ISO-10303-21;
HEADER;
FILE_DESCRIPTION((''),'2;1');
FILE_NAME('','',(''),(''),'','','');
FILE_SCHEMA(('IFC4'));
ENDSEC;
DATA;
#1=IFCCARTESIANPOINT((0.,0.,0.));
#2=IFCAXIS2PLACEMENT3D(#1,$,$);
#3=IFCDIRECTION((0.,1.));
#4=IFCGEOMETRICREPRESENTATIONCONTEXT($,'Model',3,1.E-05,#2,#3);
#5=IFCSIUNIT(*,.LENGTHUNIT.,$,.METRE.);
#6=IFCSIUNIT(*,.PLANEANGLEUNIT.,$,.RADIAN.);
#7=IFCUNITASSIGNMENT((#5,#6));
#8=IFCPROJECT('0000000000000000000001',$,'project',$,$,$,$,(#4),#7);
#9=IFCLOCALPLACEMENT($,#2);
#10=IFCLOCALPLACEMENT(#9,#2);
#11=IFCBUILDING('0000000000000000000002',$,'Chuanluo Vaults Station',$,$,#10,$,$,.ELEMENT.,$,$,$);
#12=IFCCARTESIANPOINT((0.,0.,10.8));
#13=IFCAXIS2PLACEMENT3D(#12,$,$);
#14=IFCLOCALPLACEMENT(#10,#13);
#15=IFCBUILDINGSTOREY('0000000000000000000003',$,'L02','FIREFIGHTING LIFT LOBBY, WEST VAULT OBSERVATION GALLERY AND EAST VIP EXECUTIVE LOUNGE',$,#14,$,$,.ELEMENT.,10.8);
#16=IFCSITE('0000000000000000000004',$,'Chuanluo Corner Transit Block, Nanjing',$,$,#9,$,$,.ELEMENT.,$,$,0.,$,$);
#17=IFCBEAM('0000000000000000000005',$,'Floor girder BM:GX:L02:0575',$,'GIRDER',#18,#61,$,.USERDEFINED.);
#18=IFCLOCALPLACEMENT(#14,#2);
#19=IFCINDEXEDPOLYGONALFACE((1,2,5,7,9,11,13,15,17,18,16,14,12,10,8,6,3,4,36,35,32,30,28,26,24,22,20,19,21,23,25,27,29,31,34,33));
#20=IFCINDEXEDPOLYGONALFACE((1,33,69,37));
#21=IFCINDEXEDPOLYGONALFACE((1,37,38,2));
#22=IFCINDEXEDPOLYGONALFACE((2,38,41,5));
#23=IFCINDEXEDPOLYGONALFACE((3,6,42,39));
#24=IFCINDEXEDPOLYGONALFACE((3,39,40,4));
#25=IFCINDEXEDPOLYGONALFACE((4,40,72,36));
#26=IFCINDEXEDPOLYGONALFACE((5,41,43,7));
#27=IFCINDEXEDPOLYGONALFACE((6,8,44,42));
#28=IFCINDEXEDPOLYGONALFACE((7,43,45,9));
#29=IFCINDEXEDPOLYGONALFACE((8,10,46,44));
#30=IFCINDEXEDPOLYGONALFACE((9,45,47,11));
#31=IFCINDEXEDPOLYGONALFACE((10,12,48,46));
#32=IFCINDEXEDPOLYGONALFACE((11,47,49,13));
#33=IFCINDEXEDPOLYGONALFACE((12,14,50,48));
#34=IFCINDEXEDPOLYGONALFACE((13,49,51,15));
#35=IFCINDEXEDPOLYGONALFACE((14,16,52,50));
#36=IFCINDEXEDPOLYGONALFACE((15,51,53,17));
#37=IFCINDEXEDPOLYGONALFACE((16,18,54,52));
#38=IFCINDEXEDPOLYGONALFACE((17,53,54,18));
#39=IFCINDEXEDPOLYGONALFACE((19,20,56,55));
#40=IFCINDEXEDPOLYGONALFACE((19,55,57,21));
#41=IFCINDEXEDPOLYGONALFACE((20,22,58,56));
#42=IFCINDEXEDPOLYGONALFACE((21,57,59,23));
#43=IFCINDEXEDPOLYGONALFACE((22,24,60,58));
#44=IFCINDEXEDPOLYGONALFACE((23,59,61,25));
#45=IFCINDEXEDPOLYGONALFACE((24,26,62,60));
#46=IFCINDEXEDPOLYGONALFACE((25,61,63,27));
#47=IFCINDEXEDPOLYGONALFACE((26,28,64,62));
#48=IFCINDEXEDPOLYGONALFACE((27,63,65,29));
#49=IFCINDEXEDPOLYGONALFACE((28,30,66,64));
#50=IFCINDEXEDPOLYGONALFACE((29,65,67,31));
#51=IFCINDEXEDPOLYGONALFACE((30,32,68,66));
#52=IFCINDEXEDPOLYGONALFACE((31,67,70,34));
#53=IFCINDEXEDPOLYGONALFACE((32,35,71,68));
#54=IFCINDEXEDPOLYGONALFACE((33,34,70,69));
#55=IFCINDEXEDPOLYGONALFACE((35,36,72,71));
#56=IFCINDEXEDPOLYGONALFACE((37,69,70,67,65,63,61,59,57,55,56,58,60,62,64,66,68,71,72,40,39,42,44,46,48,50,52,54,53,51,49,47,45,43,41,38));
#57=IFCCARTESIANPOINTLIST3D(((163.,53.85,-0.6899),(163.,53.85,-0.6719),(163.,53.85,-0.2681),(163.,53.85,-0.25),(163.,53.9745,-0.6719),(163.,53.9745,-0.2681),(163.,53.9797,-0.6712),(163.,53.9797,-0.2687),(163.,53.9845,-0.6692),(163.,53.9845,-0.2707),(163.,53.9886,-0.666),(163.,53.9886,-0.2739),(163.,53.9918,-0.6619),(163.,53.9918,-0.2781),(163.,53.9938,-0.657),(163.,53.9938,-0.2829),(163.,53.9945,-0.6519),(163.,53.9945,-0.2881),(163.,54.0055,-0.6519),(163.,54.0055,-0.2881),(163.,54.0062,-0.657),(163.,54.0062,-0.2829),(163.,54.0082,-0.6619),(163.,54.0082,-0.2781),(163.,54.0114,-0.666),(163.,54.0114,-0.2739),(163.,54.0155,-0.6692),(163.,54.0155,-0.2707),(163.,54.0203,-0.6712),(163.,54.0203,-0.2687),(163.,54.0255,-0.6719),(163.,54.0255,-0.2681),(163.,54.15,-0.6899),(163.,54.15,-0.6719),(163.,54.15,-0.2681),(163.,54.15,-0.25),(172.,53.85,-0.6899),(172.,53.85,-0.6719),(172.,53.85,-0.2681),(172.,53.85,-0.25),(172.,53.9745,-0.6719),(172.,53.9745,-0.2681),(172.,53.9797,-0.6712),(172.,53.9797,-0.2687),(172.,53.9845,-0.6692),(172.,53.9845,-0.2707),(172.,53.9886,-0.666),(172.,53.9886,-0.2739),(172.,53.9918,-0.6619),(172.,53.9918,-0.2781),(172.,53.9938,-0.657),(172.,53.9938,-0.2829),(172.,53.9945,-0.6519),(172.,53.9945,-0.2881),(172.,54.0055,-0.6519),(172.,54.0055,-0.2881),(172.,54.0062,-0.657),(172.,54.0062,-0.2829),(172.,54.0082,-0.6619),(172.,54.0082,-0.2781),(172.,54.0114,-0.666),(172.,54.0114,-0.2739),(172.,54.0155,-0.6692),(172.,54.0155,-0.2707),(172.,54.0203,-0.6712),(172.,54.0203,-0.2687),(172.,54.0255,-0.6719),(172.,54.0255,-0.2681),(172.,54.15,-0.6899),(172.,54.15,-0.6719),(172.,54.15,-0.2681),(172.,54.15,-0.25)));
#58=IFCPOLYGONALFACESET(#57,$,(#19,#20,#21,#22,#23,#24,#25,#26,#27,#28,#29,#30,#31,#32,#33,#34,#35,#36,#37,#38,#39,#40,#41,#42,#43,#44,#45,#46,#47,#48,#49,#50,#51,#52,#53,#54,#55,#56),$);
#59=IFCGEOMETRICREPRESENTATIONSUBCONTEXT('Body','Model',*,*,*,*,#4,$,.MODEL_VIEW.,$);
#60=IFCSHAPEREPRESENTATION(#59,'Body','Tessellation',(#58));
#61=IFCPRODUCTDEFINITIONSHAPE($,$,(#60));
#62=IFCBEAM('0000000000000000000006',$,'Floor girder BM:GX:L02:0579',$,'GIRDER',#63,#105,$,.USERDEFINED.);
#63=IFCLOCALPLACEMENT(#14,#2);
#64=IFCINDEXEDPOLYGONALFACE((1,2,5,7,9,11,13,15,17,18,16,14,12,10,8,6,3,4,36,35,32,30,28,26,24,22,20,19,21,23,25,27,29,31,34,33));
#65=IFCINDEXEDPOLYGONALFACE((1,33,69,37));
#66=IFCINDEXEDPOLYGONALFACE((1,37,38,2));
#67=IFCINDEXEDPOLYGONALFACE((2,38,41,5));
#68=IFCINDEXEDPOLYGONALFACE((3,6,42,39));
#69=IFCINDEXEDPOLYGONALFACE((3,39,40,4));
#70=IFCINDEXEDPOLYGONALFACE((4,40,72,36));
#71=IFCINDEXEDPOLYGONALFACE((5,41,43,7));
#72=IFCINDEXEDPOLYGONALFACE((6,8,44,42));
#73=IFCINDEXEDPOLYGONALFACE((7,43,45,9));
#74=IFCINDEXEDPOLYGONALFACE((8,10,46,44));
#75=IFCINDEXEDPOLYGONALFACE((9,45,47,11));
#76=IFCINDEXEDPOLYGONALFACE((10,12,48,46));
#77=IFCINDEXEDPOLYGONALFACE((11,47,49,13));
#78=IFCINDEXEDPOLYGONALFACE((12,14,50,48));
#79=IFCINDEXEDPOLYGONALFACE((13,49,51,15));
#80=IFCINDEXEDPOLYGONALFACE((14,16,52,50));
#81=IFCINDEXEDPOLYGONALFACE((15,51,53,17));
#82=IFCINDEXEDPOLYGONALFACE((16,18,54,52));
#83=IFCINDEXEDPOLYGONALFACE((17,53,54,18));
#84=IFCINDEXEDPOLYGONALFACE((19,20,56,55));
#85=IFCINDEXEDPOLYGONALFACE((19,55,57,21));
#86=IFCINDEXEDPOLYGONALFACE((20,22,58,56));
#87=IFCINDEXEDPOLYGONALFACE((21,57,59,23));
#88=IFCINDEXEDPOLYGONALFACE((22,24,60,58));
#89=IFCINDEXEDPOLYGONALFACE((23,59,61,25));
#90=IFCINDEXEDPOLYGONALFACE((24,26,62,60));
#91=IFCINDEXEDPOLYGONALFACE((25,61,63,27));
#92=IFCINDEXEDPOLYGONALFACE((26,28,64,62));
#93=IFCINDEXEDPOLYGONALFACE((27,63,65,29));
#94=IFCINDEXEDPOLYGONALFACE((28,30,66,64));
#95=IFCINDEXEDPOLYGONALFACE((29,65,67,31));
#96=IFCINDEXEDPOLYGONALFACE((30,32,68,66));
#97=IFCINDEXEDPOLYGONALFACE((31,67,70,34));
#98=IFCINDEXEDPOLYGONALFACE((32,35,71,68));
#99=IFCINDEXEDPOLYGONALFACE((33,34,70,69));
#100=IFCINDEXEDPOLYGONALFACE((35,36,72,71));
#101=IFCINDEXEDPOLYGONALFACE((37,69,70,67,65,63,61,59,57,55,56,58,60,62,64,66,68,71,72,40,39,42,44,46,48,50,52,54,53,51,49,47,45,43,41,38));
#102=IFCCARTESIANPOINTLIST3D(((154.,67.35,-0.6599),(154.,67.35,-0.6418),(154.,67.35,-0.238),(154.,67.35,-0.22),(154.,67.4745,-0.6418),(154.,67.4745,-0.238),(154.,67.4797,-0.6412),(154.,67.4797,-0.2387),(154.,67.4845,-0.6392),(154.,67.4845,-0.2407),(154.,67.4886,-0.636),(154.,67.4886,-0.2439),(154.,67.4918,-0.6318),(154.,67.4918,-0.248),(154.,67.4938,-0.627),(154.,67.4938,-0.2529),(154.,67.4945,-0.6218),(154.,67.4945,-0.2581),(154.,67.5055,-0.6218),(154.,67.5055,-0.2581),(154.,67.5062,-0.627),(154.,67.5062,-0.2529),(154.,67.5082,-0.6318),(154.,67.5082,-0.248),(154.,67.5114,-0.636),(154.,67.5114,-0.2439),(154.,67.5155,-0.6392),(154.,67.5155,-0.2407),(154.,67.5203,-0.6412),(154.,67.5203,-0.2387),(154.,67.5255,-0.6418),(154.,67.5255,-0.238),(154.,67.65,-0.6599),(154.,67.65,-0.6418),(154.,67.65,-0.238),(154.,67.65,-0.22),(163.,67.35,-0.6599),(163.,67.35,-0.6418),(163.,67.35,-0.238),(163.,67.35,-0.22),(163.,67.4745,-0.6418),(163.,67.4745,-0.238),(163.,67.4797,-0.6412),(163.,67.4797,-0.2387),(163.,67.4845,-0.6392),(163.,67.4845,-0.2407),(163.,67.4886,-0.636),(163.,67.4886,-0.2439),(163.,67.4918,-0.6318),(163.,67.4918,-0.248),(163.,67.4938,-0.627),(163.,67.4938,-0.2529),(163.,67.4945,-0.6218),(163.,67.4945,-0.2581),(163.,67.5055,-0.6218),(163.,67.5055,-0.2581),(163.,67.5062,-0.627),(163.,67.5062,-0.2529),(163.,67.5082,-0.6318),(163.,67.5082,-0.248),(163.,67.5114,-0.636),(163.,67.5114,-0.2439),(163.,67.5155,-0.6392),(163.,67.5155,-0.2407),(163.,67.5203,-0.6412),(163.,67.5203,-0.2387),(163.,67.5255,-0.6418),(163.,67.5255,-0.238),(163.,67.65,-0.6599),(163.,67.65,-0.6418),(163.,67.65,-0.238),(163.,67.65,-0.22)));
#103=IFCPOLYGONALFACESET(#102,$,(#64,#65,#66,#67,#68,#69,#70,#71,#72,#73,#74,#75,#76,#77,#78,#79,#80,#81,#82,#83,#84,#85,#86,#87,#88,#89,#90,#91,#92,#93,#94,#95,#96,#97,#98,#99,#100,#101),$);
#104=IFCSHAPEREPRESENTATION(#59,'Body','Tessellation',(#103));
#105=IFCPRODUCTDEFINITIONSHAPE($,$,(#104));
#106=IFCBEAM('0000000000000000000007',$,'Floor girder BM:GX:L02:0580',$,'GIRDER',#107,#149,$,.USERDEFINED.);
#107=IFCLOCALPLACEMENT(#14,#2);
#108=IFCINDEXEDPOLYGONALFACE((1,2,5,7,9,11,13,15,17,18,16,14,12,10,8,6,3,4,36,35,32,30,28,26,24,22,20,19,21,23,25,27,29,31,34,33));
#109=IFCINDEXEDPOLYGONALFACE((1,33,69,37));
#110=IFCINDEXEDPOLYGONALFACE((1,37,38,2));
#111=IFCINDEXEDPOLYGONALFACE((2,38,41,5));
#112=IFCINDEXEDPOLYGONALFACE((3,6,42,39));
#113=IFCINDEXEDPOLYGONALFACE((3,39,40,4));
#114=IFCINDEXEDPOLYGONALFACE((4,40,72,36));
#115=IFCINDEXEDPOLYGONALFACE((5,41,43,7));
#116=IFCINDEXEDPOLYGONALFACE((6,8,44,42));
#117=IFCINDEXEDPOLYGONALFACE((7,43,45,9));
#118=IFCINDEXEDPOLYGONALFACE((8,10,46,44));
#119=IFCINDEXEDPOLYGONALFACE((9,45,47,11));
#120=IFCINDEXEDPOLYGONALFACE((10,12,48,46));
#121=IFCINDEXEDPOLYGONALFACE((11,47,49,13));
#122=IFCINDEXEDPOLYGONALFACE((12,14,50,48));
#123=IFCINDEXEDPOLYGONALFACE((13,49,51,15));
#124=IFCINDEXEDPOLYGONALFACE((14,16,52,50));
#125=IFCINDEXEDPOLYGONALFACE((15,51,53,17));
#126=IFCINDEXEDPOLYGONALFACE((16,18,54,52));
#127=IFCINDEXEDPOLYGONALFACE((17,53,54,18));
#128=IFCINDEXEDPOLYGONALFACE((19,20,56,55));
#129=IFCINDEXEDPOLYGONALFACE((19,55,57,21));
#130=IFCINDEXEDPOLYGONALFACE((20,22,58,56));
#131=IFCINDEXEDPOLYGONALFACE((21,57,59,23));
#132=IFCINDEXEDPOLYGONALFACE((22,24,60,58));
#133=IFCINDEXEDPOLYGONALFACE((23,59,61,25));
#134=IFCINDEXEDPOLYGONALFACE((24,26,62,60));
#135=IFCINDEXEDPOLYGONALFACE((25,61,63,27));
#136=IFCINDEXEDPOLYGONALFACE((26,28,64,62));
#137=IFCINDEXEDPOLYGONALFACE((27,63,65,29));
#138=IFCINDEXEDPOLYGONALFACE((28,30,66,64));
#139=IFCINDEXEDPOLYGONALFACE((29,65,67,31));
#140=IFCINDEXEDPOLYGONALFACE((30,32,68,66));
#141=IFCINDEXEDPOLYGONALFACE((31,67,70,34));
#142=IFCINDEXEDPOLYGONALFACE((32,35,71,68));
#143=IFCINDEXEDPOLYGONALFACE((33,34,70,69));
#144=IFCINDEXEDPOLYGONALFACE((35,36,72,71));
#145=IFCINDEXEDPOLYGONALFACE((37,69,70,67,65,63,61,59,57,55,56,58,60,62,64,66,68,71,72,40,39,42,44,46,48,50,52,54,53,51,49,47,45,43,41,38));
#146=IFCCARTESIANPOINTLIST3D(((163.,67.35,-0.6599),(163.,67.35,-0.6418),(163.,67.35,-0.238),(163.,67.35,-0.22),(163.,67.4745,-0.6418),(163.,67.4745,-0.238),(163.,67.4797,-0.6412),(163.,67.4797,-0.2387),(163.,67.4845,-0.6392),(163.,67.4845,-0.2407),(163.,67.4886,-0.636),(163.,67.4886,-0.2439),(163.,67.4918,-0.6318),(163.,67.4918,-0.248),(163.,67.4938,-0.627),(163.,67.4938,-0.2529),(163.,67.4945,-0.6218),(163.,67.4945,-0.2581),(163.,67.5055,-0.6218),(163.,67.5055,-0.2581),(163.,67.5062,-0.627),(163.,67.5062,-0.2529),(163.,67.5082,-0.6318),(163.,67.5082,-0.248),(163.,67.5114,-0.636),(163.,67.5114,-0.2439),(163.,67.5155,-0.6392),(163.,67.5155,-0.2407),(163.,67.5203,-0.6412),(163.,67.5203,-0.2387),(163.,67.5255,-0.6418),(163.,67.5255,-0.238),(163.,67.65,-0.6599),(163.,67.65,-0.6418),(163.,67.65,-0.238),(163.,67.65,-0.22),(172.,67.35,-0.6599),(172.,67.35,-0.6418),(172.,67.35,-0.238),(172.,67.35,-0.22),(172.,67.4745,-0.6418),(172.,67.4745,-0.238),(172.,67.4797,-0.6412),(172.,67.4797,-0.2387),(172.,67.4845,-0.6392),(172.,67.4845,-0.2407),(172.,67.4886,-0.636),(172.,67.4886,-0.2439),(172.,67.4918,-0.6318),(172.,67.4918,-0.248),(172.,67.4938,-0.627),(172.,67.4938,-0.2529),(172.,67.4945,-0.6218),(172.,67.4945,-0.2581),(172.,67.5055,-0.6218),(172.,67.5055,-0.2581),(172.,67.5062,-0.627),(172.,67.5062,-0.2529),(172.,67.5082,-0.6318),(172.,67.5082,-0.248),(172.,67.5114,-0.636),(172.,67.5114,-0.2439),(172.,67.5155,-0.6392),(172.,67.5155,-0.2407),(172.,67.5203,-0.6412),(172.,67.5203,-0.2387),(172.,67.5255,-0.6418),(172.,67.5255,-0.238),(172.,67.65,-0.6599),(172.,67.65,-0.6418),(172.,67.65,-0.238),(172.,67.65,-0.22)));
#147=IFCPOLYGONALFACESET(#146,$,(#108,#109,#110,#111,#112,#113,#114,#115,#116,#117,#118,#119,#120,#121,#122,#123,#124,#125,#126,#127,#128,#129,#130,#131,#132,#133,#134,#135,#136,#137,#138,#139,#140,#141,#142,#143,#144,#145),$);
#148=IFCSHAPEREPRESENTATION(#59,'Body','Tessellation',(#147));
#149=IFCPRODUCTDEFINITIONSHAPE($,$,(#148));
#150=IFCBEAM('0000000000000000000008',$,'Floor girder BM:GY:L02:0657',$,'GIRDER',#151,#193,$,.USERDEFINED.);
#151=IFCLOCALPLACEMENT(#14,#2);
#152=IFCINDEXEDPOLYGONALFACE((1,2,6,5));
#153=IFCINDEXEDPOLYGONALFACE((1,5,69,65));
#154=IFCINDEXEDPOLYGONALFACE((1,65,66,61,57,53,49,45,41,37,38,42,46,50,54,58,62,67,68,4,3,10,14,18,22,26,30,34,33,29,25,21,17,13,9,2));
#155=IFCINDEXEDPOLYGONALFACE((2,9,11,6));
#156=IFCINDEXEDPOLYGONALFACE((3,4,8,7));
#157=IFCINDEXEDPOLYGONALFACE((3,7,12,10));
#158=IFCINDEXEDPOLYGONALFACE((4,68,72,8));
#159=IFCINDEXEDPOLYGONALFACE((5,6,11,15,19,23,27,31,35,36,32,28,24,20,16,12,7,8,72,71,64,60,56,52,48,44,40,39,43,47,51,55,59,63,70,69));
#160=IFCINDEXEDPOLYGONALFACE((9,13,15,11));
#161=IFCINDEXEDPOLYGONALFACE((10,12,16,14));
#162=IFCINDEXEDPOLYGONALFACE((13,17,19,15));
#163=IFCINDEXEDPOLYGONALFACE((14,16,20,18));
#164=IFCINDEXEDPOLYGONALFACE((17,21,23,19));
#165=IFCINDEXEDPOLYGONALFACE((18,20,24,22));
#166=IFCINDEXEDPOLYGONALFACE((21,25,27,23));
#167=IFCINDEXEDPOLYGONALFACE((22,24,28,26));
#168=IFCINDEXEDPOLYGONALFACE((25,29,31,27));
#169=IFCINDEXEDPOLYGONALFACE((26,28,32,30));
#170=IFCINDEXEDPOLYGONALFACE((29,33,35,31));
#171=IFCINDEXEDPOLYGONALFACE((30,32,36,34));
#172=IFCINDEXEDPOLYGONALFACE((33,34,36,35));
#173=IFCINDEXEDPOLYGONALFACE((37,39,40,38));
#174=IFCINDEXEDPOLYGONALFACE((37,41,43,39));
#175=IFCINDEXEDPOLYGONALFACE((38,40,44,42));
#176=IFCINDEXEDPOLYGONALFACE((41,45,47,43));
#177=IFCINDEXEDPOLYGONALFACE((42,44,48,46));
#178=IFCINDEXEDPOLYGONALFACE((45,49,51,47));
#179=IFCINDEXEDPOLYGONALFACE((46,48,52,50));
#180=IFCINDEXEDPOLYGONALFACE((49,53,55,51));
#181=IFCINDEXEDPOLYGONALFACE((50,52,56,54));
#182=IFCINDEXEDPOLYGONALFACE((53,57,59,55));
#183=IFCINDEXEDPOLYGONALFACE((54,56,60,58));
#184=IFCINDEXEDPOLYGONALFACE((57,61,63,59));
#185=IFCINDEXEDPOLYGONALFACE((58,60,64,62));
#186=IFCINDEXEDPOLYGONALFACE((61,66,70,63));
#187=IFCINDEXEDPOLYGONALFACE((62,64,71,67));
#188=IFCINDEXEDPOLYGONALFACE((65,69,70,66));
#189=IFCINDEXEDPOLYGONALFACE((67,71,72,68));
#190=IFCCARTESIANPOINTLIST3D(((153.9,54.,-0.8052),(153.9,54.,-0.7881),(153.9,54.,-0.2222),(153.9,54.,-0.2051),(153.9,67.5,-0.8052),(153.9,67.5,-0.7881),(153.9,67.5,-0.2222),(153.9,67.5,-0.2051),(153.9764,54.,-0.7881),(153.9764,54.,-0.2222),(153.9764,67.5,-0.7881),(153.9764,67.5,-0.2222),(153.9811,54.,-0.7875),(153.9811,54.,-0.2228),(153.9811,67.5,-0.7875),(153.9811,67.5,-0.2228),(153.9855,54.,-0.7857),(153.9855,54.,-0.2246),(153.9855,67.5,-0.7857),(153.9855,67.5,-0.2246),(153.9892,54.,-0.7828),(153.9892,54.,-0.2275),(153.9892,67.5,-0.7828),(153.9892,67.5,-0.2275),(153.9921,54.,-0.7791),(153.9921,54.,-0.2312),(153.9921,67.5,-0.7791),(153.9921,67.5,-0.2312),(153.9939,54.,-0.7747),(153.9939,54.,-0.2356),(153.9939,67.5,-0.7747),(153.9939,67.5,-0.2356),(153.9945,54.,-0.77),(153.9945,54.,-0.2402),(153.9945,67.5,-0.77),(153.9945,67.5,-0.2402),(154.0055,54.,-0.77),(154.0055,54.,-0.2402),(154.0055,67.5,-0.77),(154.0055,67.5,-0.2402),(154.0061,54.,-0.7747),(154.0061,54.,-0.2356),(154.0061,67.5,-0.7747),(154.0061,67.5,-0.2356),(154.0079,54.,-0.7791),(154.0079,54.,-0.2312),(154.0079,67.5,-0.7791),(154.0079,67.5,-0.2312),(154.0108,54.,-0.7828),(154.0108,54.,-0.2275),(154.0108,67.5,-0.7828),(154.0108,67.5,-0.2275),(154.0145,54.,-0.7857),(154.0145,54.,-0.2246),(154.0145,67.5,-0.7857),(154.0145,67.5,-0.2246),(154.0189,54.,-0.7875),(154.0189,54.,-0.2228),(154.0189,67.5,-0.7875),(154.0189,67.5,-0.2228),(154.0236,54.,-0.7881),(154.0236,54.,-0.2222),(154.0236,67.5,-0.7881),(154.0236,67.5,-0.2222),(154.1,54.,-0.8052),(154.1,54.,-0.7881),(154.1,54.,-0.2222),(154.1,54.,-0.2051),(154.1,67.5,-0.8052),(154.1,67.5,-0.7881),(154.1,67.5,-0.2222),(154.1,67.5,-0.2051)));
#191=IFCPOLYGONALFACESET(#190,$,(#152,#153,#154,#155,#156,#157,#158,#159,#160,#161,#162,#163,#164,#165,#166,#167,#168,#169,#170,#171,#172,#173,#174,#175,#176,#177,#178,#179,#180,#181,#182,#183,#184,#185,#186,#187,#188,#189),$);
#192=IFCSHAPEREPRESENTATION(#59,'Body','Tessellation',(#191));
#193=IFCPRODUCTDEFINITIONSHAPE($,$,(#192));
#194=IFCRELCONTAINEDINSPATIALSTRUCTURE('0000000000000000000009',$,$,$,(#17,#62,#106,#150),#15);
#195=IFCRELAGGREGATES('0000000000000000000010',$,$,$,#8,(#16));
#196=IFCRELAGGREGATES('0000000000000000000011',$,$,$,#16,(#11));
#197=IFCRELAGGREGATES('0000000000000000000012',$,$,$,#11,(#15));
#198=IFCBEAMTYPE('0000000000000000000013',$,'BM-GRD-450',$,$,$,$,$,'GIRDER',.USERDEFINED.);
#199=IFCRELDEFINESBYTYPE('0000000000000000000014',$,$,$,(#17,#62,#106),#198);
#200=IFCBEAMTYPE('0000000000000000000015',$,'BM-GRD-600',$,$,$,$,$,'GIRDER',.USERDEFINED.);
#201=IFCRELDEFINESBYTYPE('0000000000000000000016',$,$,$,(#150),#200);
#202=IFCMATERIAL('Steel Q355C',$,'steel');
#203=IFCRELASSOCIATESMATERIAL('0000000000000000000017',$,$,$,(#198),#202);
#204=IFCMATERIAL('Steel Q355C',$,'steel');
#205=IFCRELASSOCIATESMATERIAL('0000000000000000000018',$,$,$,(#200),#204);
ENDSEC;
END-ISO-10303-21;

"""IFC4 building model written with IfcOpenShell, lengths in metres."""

from ifc_helpers import new_model, si_unit, direction, frame, origin, origin_2d, place, context, subcontext, project, spatial, i_section, extrude, material, material_profile, profile_set, type_object, element, save


model = new_model("IFC4")

# Units and contexts
model_context = context("Model", 3, precision=1e-05, world=origin(), true_north=direction((0.0, 1.0)))
body_context = subcontext(model_context, "Body", "Model", "MODEL_VIEW")
ifc_project = project(units=[si_unit("LENGTHUNIT", "METRE"), si_unit("PLANEANGLEUNIT", "RADIAN")], contexts=[model_context])

# Site, building, storey
site_placement = place(None, origin())
site = spatial("IfcSite", under=ifc_project, at=site_placement, Name="Chuanluo Corner Transit Block, Nanjing", CompositionType="ELEMENT", RefElevation=0.0)
building_placement = place(site_placement, origin())
building = spatial("IfcBuilding", under=site, at=building_placement, Name="Chuanluo Vaults Station", CompositionType="ELEMENT")
storey_placement = place(building_placement, frame((0.0, 0.0, 10.8)))
storey = spatial("IfcBuildingStorey", under=building, at=storey_placement, Name="L02", Description="FIREFIGHTING LIFT LOBBY, WEST VAULT OBSERVATION GALLERY AND EAST VIP EXECUTIVE LOUNGE", CompositionType="ELEMENT", Elevation=10.8)

# Beams
ifc_material_1 = material(Name="Steel Q355C", Category="steel")
ifc_material_profile_1 = material_profile(ifc_material_1, i_section(OverallWidth=0.3, OverallDepth=0.4399, WebThickness=0.011, FlangeThickness=0.0181, FilletRadius=0.02, at=origin_2d()))
ifc_profile_set_1 = profile_set([ifc_material_profile_1], Name="Steel Q355C")
beam_type_1 = type_object("IfcBeamType", Name="BM-GRD-450", ElementType="GIRDER", PredefinedType="USERDEFINED", material=ifc_profile_set_1)
for number, where, z_axis, x_axis, name in (
    (1, (163.0, 54.0, -0.47), (1.0, 0.0, 0.0), (0.0, 1.0, 0.0), "Floor girder BM:GX:L02:0575"),
    (2, (154.0, 67.5, -0.4399), (1.0, 0.0, 0.0), (0.0, 1.0, 0.0), "Floor girder BM:GX:L02:0579"),
    (3, (163.0, 67.5, -0.4399), (1.0, 0.0, 0.0), (0.0, 1.0, 0.0), "Floor girder BM:GX:L02:0580"),
):
    element("IfcBeam", number, at=place(storey_placement, frame(where, z_axis=z_axis, x_axis=x_axis)), inside=storey, type_object=beam_type_1, Name=name, ObjectType="GIRDER", PredefinedType="USERDEFINED", context=body_context, shape_type="SweptSolid", body=[
        extrude(i_section(OverallWidth=0.3, OverallDepth=0.4399, WebThickness=0.011, FlangeThickness=0.0181, FilletRadius=0.02, at=origin_2d()), origin(), (0.0, 0.0, 1.0), 9.0),
    ])
ifc_material_2 = material(Name="Steel Q355C", Category="steel")
ifc_material_profile_2 = material_profile(ifc_material_2, i_section(OverallWidth=0.2, OverallDepth=0.6001, WebThickness=0.011, FlangeThickness=0.0171, FilletRadius=0.0181, at=origin_2d()))
ifc_profile_set_2 = profile_set([ifc_material_profile_2], Name="Steel Q355C")
beam_type_2 = type_object("IfcBeamType", Name="BM-GRD-600", ElementType="GIRDER", PredefinedType="USERDEFINED", material=ifc_profile_set_2)
for number, where, z_axis, x_axis, name in (
    (4, (154.0, 54.0, -0.5051), (0.0, 1.0, 0.0), (-1.0, 0.0, 0.0), "Floor girder BM:GY:L02:0657"),
):
    element("IfcBeam", number, at=place(storey_placement, frame(where, z_axis=z_axis, x_axis=x_axis)), inside=storey, type_object=beam_type_2, Name=name, ObjectType="GIRDER", PredefinedType="USERDEFINED", context=body_context, shape_type="SweptSolid", body=[
        extrude(i_section(OverallWidth=0.2, OverallDepth=0.6001, WebThickness=0.011, FlangeThickness=0.0171, FilletRadius=0.0181, at=origin_2d()), origin(), (0.0, 0.0, 1.0), 13.5),
    ])

save(model, "model.ifc")
